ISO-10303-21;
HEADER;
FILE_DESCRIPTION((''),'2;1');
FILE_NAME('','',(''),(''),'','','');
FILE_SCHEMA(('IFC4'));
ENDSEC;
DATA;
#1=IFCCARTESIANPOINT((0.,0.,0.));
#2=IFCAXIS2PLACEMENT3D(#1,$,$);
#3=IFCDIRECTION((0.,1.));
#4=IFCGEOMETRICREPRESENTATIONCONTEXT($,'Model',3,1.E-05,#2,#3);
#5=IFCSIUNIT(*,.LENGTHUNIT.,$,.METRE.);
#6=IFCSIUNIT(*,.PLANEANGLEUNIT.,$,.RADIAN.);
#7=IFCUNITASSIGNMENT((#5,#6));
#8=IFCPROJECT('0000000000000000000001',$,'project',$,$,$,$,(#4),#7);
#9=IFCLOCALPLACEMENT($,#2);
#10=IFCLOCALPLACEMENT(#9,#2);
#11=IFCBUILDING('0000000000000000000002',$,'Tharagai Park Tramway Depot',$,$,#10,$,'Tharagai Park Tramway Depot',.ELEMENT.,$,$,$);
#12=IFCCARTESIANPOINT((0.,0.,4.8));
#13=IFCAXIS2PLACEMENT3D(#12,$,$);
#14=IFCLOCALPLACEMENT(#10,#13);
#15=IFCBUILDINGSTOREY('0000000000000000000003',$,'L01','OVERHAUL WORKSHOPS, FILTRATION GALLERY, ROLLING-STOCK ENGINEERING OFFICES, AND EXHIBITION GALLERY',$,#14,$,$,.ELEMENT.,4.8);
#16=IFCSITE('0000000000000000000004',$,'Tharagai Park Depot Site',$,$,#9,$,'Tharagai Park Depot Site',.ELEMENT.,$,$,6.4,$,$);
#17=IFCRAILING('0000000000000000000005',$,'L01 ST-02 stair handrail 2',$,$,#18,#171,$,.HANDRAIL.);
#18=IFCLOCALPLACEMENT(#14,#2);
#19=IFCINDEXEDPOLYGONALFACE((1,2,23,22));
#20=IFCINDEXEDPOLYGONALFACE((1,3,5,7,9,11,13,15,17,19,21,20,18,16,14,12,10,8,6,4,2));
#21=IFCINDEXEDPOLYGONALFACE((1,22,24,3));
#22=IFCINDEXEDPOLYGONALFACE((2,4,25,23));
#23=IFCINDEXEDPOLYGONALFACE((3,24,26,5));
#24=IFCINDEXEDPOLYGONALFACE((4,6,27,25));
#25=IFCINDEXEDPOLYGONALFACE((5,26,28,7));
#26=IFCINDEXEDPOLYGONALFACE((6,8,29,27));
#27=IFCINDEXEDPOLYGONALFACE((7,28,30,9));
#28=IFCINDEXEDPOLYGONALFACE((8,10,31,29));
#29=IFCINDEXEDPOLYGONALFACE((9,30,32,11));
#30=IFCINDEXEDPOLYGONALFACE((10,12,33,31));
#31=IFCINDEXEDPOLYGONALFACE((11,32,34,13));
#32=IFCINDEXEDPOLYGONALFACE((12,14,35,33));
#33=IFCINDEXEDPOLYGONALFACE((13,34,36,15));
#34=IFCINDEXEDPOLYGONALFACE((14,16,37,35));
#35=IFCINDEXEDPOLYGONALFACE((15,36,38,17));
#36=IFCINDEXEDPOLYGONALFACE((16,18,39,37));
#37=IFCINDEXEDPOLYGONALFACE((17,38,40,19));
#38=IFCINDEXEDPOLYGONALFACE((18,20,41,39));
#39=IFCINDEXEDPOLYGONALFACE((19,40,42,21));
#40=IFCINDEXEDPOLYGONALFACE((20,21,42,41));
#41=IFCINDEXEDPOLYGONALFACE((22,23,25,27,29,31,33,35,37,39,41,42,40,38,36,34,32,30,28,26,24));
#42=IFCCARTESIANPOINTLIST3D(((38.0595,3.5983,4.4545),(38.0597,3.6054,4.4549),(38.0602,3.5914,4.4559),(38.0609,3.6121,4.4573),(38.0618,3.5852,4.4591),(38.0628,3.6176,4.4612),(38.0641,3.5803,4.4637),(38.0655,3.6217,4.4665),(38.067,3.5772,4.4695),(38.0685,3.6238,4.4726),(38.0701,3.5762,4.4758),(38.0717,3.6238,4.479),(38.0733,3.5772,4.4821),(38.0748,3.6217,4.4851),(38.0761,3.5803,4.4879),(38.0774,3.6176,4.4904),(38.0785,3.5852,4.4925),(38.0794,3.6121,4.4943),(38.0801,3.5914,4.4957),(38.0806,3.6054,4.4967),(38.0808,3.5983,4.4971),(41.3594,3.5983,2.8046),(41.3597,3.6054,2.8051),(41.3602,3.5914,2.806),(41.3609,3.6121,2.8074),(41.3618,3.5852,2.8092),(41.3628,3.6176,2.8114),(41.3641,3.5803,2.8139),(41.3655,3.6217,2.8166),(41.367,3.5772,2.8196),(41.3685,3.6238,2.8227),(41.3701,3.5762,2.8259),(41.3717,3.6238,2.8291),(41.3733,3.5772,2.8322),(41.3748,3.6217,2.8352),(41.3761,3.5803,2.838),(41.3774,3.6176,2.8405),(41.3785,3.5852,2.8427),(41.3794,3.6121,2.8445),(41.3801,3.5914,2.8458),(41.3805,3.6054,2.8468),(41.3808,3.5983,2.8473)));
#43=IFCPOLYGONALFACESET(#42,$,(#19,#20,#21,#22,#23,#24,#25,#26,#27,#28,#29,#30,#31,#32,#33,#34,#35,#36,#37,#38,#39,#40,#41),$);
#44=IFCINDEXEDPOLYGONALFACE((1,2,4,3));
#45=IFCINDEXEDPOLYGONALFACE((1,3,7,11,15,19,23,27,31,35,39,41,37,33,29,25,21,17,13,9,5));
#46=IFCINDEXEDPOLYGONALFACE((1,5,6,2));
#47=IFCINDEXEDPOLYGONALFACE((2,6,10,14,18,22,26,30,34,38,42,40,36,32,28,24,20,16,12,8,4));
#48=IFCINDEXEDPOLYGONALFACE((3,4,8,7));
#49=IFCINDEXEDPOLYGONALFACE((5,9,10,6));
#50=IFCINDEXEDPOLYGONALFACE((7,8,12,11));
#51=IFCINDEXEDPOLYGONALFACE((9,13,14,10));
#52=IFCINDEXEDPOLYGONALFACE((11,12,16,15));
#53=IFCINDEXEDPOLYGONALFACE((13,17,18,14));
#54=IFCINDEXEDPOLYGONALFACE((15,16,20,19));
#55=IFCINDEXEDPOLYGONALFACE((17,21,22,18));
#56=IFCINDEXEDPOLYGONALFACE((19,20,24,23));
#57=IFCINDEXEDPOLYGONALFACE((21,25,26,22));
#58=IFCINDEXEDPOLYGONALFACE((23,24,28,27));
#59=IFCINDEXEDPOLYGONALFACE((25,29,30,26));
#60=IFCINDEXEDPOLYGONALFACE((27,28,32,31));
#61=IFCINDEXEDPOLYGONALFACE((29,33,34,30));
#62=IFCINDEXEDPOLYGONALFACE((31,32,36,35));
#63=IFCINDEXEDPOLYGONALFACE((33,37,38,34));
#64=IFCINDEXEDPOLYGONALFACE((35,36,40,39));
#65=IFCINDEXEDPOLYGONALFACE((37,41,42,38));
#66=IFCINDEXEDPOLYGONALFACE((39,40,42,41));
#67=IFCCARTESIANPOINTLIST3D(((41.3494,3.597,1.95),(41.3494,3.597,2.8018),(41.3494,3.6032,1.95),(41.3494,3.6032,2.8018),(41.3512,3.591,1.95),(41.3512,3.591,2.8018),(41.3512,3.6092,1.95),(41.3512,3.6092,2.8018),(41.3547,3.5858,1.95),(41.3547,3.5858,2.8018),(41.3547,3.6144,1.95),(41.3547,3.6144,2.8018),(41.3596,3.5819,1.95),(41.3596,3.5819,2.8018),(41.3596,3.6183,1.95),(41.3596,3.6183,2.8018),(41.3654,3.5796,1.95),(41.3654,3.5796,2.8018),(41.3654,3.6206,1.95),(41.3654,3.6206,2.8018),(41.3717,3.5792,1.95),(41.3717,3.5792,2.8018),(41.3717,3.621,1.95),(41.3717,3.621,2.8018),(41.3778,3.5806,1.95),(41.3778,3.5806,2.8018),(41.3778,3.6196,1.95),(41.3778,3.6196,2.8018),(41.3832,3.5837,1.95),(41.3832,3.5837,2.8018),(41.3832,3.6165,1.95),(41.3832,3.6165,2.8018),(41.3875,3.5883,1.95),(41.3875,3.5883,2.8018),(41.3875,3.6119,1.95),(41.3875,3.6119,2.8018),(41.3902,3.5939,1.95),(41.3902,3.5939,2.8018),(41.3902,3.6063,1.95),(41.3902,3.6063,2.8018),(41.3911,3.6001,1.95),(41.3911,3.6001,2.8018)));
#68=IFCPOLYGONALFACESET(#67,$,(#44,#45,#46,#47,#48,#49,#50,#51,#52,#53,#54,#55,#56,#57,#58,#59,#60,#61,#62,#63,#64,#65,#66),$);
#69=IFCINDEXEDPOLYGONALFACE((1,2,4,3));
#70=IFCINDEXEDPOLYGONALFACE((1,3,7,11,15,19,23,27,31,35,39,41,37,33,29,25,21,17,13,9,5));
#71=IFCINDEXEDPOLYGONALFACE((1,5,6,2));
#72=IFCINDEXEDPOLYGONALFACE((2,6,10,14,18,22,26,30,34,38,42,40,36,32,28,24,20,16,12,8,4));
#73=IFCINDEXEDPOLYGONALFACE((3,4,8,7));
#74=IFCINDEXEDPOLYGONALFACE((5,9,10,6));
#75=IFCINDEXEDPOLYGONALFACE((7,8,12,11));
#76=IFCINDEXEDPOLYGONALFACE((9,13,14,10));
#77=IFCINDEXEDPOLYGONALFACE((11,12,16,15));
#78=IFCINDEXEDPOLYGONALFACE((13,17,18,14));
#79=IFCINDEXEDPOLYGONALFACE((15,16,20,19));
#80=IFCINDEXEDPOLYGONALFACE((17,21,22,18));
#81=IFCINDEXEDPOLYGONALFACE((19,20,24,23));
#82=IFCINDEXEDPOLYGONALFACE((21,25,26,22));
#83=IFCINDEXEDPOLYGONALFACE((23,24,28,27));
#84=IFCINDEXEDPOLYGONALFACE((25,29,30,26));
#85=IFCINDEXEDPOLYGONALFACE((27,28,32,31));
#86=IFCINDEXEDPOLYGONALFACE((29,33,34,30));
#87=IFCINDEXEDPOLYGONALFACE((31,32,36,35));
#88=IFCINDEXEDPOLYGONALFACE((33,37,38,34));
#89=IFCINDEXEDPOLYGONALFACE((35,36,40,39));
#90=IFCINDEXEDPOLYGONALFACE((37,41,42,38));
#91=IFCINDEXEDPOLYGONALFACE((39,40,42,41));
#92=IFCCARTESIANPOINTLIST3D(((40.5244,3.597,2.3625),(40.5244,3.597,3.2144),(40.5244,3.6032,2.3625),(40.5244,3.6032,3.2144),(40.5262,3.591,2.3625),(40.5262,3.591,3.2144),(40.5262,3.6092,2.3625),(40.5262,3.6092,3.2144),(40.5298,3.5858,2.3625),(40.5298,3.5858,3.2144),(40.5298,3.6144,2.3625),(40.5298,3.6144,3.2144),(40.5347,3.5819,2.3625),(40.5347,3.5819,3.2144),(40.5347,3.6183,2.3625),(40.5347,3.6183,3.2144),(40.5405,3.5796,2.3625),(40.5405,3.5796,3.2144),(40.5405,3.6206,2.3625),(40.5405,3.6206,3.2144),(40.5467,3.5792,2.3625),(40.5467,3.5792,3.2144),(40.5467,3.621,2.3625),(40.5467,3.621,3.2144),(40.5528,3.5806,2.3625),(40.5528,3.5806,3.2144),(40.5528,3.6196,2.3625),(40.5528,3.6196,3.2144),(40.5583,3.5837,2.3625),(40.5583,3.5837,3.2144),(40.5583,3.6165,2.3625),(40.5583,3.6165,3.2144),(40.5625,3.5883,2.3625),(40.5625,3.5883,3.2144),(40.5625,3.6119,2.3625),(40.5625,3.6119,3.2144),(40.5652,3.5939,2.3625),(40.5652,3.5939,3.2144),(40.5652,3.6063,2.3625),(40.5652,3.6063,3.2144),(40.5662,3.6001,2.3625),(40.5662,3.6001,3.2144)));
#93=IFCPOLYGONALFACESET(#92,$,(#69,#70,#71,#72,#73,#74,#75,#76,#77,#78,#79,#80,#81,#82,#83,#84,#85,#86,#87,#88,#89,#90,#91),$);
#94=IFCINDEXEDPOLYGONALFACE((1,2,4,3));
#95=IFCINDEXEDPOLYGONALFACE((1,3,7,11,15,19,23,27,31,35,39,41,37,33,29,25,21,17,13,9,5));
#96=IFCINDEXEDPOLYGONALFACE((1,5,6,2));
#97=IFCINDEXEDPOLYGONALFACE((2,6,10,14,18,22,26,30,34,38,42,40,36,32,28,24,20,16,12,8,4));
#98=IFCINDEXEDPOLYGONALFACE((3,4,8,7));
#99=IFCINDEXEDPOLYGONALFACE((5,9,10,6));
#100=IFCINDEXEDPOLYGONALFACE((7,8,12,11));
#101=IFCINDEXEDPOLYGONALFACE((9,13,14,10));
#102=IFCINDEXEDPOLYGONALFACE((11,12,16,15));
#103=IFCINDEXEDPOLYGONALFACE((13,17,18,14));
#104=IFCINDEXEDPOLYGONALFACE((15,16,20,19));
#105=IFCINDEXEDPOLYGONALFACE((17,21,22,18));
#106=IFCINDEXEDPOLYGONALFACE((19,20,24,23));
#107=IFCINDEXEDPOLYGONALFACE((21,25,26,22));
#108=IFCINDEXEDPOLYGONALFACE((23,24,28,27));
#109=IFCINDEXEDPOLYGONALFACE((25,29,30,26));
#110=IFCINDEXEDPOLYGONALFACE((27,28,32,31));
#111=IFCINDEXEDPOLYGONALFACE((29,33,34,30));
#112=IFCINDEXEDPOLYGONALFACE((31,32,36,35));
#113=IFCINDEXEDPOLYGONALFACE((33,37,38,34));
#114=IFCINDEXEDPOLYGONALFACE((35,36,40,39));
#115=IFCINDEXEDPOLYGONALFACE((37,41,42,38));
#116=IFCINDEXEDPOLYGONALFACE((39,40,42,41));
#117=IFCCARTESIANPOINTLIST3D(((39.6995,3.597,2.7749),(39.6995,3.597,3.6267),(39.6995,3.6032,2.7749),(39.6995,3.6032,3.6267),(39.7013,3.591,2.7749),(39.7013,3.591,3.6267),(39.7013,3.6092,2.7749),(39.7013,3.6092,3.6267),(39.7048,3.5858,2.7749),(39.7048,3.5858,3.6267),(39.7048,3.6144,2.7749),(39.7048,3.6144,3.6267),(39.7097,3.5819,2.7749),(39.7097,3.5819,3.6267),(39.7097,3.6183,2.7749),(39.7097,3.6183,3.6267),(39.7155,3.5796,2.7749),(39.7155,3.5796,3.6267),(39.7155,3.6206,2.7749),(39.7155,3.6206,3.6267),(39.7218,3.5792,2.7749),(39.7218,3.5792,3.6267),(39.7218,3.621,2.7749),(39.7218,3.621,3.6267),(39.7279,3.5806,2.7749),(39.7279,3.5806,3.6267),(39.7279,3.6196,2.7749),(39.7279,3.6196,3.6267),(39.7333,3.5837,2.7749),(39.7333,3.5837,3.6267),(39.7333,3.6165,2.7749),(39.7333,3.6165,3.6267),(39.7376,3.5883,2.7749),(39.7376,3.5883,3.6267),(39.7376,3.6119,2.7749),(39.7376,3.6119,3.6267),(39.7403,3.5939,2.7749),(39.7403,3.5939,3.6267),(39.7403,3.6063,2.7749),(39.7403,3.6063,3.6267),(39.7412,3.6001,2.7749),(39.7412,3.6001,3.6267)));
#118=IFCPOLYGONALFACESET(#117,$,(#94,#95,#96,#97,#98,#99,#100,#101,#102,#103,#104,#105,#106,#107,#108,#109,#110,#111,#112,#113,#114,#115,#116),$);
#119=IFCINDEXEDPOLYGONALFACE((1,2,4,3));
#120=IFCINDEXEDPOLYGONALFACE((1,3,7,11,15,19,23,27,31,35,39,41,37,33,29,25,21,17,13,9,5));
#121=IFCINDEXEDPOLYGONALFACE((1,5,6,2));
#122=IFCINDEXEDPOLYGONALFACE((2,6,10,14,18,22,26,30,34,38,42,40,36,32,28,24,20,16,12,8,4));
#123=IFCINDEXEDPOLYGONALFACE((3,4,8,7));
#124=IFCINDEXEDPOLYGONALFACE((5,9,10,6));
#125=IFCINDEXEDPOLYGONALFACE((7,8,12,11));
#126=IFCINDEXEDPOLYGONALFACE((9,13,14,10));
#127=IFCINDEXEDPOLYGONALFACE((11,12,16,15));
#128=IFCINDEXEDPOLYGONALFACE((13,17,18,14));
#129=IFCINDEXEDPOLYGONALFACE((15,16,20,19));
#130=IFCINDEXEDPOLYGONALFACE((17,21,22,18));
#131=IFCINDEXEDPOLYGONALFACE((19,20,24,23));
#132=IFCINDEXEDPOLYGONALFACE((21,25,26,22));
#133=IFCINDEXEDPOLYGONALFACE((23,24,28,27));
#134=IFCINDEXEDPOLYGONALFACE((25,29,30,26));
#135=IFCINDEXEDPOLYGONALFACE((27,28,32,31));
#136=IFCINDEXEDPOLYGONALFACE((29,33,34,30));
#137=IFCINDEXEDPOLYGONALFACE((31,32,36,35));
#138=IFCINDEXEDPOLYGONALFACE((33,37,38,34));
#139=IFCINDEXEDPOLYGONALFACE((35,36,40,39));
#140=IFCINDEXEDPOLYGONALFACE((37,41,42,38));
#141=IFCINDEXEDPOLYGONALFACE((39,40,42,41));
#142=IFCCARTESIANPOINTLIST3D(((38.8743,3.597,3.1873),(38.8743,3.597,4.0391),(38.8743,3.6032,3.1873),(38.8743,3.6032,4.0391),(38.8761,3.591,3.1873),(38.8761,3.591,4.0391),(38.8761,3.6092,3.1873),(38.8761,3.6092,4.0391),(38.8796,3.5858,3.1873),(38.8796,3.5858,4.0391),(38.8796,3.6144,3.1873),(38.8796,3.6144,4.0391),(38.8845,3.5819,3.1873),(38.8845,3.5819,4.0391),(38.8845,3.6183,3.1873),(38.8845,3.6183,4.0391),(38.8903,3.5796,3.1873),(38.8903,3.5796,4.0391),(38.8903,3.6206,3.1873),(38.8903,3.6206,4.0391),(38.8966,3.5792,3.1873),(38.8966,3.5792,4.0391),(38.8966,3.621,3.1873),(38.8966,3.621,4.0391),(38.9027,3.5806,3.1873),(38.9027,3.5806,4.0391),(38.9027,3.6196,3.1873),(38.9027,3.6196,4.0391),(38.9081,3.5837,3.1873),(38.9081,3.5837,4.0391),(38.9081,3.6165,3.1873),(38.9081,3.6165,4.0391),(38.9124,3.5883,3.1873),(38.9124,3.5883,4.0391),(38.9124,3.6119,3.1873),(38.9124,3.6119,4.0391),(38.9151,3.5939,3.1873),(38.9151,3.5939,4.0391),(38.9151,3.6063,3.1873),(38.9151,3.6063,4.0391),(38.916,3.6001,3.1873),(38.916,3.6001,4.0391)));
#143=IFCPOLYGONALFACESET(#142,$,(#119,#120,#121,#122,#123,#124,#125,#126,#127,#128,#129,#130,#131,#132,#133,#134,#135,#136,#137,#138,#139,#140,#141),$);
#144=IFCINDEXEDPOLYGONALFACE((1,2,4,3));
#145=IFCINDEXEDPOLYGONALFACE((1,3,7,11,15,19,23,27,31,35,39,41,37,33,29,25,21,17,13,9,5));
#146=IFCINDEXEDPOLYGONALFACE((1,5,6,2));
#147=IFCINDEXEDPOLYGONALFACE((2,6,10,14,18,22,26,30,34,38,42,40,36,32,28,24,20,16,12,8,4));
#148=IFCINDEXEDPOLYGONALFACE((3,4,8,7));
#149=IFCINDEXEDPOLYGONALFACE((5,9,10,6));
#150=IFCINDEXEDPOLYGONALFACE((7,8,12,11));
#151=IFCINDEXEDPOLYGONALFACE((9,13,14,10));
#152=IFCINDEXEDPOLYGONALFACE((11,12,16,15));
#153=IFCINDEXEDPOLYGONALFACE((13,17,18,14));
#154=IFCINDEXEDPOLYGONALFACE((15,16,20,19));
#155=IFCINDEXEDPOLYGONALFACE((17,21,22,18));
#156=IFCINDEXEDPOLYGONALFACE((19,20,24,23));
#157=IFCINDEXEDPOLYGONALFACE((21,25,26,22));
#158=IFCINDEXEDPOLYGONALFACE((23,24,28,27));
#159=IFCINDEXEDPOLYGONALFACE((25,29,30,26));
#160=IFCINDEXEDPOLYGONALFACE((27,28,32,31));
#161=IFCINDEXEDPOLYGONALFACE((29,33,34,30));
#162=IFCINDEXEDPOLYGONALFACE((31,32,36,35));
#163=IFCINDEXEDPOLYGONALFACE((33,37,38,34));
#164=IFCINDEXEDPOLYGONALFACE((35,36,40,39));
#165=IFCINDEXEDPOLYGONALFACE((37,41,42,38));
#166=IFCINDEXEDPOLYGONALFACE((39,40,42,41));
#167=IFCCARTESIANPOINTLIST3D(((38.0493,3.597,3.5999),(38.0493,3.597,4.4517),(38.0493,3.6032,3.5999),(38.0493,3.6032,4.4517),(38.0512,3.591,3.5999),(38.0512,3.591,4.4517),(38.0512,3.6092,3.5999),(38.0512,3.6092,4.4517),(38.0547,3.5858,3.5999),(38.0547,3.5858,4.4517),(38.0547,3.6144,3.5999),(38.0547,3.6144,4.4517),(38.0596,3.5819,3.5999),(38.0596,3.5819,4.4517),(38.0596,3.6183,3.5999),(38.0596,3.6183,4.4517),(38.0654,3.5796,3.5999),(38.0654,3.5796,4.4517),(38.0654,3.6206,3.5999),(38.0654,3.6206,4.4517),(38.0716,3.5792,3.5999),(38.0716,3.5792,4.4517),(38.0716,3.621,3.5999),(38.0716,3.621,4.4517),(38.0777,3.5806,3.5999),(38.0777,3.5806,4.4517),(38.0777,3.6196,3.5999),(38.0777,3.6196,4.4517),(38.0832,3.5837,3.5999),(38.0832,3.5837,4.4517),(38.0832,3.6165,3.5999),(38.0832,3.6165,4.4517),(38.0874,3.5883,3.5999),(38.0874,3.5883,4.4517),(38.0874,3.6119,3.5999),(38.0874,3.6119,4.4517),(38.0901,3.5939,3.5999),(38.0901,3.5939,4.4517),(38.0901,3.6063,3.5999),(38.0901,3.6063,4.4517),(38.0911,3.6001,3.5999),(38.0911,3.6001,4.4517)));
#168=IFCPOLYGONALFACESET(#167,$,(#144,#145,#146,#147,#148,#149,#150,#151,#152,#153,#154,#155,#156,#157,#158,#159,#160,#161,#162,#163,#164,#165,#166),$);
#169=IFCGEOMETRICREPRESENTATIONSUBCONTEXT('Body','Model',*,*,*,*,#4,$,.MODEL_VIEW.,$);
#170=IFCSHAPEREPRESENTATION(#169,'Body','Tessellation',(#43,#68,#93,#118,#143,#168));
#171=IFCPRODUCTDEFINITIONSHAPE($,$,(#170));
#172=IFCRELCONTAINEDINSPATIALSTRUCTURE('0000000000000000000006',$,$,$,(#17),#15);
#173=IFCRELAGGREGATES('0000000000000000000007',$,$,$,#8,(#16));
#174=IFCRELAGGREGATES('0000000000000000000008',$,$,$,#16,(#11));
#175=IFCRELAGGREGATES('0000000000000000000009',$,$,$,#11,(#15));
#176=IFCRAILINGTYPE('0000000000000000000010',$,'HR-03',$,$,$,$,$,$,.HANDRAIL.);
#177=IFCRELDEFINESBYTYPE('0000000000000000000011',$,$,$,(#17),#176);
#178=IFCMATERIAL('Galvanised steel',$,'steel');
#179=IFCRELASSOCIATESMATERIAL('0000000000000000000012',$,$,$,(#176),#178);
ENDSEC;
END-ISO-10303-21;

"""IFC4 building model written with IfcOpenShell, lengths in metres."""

from ifc_helpers import new_model, si_unit, direction, frame, origin, origin_2d, place, context, subcontext, project, spatial, circle, extrude, material, type_object, element, save


model = new_model("IFC4")

# Units and contexts
model_context = context("Model", 3, precision=1e-05, world=origin(), true_north=direction((0.0, 1.0)))
body_context = subcontext(model_context, "Body", "Model", "MODEL_VIEW")
ifc_project = project(units=[si_unit("LENGTHUNIT", "METRE"), si_unit("PLANEANGLEUNIT", "RADIAN")], contexts=[model_context])

# Site, building, storey
site_placement = place(None, origin())
site = spatial("IfcSite", under=ifc_project, at=site_placement, Name="Tharagai Park Depot Site", LongName="Tharagai Park Depot Site", CompositionType="ELEMENT", RefElevation=6.4)
building_placement = place(site_placement, origin())
building = spatial("IfcBuilding", under=site, at=building_placement, Name="Tharagai Park Tramway Depot", LongName="Tharagai Park Tramway Depot", CompositionType="ELEMENT")
storey_placement = place(building_placement, frame((0.0, 0.0, 4.8)))
storey = spatial("IfcBuildingStorey", under=building, at=storey_placement, Name="L01", Description="OVERHAUL WORKSHOPS, FILTRATION GALLERY, ROLLING-STOCK ENGINEERING OFFICES, AND EXHIBITION GALLERY", CompositionType="ELEMENT", Elevation=4.8)

# Railing
ifc_material_1 = material(Name="Galvanised steel", Category="steel")
railing_type_1 = type_object("IfcRailingType", Name="HR-03", PredefinedType="HANDRAIL", material=ifc_material_1)
railing_1_placement = place(storey_placement, frame((41.3701, 3.6001, 1.95)))
element("IfcRailing", 1, at=railing_1_placement, inside=storey, type_object=railing_type_1, Name="L01 ST-02 stair handrail 2", PredefinedType="HANDRAIL", context=body_context, shape_type="SweptSolid", body=[
    extrude(circle(Radius=0.0239, at=origin_2d()), frame((0.0, 0.0, 0.876), z_axis=(-0.89444, 0.0, 0.447187), x_axis=(0.0, -1.0, 0.0)), (0.0, 0.0, 1.0), 3.6895),
    extrude(circle(Radius=0.021, at=origin_2d()), origin(), (0.0, 0.0, 1.0), 0.8518),
    extrude(circle(Radius=0.021, at=origin_2d()), frame((-0.825, 0.0, 0.4126)), (0.0, 0.0, 1.0), 0.8518),
    extrude(circle(Radius=0.021, at=origin_2d()), frame((-1.6499, 0.0, 0.825)), (0.0, 0.0, 1.0), 0.8518),
    extrude(circle(Radius=0.021, at=origin_2d()), frame((-2.4751, 0.0, 1.2373)), (0.0, 0.0, 1.0), 0.8518),
    extrude(circle(Radius=0.021, at=origin_2d()), frame((-3.3, 0.0, 1.6499)), (0.0, 0.0, 1.0), 0.8518),
])

save(model, "model.ifc")
